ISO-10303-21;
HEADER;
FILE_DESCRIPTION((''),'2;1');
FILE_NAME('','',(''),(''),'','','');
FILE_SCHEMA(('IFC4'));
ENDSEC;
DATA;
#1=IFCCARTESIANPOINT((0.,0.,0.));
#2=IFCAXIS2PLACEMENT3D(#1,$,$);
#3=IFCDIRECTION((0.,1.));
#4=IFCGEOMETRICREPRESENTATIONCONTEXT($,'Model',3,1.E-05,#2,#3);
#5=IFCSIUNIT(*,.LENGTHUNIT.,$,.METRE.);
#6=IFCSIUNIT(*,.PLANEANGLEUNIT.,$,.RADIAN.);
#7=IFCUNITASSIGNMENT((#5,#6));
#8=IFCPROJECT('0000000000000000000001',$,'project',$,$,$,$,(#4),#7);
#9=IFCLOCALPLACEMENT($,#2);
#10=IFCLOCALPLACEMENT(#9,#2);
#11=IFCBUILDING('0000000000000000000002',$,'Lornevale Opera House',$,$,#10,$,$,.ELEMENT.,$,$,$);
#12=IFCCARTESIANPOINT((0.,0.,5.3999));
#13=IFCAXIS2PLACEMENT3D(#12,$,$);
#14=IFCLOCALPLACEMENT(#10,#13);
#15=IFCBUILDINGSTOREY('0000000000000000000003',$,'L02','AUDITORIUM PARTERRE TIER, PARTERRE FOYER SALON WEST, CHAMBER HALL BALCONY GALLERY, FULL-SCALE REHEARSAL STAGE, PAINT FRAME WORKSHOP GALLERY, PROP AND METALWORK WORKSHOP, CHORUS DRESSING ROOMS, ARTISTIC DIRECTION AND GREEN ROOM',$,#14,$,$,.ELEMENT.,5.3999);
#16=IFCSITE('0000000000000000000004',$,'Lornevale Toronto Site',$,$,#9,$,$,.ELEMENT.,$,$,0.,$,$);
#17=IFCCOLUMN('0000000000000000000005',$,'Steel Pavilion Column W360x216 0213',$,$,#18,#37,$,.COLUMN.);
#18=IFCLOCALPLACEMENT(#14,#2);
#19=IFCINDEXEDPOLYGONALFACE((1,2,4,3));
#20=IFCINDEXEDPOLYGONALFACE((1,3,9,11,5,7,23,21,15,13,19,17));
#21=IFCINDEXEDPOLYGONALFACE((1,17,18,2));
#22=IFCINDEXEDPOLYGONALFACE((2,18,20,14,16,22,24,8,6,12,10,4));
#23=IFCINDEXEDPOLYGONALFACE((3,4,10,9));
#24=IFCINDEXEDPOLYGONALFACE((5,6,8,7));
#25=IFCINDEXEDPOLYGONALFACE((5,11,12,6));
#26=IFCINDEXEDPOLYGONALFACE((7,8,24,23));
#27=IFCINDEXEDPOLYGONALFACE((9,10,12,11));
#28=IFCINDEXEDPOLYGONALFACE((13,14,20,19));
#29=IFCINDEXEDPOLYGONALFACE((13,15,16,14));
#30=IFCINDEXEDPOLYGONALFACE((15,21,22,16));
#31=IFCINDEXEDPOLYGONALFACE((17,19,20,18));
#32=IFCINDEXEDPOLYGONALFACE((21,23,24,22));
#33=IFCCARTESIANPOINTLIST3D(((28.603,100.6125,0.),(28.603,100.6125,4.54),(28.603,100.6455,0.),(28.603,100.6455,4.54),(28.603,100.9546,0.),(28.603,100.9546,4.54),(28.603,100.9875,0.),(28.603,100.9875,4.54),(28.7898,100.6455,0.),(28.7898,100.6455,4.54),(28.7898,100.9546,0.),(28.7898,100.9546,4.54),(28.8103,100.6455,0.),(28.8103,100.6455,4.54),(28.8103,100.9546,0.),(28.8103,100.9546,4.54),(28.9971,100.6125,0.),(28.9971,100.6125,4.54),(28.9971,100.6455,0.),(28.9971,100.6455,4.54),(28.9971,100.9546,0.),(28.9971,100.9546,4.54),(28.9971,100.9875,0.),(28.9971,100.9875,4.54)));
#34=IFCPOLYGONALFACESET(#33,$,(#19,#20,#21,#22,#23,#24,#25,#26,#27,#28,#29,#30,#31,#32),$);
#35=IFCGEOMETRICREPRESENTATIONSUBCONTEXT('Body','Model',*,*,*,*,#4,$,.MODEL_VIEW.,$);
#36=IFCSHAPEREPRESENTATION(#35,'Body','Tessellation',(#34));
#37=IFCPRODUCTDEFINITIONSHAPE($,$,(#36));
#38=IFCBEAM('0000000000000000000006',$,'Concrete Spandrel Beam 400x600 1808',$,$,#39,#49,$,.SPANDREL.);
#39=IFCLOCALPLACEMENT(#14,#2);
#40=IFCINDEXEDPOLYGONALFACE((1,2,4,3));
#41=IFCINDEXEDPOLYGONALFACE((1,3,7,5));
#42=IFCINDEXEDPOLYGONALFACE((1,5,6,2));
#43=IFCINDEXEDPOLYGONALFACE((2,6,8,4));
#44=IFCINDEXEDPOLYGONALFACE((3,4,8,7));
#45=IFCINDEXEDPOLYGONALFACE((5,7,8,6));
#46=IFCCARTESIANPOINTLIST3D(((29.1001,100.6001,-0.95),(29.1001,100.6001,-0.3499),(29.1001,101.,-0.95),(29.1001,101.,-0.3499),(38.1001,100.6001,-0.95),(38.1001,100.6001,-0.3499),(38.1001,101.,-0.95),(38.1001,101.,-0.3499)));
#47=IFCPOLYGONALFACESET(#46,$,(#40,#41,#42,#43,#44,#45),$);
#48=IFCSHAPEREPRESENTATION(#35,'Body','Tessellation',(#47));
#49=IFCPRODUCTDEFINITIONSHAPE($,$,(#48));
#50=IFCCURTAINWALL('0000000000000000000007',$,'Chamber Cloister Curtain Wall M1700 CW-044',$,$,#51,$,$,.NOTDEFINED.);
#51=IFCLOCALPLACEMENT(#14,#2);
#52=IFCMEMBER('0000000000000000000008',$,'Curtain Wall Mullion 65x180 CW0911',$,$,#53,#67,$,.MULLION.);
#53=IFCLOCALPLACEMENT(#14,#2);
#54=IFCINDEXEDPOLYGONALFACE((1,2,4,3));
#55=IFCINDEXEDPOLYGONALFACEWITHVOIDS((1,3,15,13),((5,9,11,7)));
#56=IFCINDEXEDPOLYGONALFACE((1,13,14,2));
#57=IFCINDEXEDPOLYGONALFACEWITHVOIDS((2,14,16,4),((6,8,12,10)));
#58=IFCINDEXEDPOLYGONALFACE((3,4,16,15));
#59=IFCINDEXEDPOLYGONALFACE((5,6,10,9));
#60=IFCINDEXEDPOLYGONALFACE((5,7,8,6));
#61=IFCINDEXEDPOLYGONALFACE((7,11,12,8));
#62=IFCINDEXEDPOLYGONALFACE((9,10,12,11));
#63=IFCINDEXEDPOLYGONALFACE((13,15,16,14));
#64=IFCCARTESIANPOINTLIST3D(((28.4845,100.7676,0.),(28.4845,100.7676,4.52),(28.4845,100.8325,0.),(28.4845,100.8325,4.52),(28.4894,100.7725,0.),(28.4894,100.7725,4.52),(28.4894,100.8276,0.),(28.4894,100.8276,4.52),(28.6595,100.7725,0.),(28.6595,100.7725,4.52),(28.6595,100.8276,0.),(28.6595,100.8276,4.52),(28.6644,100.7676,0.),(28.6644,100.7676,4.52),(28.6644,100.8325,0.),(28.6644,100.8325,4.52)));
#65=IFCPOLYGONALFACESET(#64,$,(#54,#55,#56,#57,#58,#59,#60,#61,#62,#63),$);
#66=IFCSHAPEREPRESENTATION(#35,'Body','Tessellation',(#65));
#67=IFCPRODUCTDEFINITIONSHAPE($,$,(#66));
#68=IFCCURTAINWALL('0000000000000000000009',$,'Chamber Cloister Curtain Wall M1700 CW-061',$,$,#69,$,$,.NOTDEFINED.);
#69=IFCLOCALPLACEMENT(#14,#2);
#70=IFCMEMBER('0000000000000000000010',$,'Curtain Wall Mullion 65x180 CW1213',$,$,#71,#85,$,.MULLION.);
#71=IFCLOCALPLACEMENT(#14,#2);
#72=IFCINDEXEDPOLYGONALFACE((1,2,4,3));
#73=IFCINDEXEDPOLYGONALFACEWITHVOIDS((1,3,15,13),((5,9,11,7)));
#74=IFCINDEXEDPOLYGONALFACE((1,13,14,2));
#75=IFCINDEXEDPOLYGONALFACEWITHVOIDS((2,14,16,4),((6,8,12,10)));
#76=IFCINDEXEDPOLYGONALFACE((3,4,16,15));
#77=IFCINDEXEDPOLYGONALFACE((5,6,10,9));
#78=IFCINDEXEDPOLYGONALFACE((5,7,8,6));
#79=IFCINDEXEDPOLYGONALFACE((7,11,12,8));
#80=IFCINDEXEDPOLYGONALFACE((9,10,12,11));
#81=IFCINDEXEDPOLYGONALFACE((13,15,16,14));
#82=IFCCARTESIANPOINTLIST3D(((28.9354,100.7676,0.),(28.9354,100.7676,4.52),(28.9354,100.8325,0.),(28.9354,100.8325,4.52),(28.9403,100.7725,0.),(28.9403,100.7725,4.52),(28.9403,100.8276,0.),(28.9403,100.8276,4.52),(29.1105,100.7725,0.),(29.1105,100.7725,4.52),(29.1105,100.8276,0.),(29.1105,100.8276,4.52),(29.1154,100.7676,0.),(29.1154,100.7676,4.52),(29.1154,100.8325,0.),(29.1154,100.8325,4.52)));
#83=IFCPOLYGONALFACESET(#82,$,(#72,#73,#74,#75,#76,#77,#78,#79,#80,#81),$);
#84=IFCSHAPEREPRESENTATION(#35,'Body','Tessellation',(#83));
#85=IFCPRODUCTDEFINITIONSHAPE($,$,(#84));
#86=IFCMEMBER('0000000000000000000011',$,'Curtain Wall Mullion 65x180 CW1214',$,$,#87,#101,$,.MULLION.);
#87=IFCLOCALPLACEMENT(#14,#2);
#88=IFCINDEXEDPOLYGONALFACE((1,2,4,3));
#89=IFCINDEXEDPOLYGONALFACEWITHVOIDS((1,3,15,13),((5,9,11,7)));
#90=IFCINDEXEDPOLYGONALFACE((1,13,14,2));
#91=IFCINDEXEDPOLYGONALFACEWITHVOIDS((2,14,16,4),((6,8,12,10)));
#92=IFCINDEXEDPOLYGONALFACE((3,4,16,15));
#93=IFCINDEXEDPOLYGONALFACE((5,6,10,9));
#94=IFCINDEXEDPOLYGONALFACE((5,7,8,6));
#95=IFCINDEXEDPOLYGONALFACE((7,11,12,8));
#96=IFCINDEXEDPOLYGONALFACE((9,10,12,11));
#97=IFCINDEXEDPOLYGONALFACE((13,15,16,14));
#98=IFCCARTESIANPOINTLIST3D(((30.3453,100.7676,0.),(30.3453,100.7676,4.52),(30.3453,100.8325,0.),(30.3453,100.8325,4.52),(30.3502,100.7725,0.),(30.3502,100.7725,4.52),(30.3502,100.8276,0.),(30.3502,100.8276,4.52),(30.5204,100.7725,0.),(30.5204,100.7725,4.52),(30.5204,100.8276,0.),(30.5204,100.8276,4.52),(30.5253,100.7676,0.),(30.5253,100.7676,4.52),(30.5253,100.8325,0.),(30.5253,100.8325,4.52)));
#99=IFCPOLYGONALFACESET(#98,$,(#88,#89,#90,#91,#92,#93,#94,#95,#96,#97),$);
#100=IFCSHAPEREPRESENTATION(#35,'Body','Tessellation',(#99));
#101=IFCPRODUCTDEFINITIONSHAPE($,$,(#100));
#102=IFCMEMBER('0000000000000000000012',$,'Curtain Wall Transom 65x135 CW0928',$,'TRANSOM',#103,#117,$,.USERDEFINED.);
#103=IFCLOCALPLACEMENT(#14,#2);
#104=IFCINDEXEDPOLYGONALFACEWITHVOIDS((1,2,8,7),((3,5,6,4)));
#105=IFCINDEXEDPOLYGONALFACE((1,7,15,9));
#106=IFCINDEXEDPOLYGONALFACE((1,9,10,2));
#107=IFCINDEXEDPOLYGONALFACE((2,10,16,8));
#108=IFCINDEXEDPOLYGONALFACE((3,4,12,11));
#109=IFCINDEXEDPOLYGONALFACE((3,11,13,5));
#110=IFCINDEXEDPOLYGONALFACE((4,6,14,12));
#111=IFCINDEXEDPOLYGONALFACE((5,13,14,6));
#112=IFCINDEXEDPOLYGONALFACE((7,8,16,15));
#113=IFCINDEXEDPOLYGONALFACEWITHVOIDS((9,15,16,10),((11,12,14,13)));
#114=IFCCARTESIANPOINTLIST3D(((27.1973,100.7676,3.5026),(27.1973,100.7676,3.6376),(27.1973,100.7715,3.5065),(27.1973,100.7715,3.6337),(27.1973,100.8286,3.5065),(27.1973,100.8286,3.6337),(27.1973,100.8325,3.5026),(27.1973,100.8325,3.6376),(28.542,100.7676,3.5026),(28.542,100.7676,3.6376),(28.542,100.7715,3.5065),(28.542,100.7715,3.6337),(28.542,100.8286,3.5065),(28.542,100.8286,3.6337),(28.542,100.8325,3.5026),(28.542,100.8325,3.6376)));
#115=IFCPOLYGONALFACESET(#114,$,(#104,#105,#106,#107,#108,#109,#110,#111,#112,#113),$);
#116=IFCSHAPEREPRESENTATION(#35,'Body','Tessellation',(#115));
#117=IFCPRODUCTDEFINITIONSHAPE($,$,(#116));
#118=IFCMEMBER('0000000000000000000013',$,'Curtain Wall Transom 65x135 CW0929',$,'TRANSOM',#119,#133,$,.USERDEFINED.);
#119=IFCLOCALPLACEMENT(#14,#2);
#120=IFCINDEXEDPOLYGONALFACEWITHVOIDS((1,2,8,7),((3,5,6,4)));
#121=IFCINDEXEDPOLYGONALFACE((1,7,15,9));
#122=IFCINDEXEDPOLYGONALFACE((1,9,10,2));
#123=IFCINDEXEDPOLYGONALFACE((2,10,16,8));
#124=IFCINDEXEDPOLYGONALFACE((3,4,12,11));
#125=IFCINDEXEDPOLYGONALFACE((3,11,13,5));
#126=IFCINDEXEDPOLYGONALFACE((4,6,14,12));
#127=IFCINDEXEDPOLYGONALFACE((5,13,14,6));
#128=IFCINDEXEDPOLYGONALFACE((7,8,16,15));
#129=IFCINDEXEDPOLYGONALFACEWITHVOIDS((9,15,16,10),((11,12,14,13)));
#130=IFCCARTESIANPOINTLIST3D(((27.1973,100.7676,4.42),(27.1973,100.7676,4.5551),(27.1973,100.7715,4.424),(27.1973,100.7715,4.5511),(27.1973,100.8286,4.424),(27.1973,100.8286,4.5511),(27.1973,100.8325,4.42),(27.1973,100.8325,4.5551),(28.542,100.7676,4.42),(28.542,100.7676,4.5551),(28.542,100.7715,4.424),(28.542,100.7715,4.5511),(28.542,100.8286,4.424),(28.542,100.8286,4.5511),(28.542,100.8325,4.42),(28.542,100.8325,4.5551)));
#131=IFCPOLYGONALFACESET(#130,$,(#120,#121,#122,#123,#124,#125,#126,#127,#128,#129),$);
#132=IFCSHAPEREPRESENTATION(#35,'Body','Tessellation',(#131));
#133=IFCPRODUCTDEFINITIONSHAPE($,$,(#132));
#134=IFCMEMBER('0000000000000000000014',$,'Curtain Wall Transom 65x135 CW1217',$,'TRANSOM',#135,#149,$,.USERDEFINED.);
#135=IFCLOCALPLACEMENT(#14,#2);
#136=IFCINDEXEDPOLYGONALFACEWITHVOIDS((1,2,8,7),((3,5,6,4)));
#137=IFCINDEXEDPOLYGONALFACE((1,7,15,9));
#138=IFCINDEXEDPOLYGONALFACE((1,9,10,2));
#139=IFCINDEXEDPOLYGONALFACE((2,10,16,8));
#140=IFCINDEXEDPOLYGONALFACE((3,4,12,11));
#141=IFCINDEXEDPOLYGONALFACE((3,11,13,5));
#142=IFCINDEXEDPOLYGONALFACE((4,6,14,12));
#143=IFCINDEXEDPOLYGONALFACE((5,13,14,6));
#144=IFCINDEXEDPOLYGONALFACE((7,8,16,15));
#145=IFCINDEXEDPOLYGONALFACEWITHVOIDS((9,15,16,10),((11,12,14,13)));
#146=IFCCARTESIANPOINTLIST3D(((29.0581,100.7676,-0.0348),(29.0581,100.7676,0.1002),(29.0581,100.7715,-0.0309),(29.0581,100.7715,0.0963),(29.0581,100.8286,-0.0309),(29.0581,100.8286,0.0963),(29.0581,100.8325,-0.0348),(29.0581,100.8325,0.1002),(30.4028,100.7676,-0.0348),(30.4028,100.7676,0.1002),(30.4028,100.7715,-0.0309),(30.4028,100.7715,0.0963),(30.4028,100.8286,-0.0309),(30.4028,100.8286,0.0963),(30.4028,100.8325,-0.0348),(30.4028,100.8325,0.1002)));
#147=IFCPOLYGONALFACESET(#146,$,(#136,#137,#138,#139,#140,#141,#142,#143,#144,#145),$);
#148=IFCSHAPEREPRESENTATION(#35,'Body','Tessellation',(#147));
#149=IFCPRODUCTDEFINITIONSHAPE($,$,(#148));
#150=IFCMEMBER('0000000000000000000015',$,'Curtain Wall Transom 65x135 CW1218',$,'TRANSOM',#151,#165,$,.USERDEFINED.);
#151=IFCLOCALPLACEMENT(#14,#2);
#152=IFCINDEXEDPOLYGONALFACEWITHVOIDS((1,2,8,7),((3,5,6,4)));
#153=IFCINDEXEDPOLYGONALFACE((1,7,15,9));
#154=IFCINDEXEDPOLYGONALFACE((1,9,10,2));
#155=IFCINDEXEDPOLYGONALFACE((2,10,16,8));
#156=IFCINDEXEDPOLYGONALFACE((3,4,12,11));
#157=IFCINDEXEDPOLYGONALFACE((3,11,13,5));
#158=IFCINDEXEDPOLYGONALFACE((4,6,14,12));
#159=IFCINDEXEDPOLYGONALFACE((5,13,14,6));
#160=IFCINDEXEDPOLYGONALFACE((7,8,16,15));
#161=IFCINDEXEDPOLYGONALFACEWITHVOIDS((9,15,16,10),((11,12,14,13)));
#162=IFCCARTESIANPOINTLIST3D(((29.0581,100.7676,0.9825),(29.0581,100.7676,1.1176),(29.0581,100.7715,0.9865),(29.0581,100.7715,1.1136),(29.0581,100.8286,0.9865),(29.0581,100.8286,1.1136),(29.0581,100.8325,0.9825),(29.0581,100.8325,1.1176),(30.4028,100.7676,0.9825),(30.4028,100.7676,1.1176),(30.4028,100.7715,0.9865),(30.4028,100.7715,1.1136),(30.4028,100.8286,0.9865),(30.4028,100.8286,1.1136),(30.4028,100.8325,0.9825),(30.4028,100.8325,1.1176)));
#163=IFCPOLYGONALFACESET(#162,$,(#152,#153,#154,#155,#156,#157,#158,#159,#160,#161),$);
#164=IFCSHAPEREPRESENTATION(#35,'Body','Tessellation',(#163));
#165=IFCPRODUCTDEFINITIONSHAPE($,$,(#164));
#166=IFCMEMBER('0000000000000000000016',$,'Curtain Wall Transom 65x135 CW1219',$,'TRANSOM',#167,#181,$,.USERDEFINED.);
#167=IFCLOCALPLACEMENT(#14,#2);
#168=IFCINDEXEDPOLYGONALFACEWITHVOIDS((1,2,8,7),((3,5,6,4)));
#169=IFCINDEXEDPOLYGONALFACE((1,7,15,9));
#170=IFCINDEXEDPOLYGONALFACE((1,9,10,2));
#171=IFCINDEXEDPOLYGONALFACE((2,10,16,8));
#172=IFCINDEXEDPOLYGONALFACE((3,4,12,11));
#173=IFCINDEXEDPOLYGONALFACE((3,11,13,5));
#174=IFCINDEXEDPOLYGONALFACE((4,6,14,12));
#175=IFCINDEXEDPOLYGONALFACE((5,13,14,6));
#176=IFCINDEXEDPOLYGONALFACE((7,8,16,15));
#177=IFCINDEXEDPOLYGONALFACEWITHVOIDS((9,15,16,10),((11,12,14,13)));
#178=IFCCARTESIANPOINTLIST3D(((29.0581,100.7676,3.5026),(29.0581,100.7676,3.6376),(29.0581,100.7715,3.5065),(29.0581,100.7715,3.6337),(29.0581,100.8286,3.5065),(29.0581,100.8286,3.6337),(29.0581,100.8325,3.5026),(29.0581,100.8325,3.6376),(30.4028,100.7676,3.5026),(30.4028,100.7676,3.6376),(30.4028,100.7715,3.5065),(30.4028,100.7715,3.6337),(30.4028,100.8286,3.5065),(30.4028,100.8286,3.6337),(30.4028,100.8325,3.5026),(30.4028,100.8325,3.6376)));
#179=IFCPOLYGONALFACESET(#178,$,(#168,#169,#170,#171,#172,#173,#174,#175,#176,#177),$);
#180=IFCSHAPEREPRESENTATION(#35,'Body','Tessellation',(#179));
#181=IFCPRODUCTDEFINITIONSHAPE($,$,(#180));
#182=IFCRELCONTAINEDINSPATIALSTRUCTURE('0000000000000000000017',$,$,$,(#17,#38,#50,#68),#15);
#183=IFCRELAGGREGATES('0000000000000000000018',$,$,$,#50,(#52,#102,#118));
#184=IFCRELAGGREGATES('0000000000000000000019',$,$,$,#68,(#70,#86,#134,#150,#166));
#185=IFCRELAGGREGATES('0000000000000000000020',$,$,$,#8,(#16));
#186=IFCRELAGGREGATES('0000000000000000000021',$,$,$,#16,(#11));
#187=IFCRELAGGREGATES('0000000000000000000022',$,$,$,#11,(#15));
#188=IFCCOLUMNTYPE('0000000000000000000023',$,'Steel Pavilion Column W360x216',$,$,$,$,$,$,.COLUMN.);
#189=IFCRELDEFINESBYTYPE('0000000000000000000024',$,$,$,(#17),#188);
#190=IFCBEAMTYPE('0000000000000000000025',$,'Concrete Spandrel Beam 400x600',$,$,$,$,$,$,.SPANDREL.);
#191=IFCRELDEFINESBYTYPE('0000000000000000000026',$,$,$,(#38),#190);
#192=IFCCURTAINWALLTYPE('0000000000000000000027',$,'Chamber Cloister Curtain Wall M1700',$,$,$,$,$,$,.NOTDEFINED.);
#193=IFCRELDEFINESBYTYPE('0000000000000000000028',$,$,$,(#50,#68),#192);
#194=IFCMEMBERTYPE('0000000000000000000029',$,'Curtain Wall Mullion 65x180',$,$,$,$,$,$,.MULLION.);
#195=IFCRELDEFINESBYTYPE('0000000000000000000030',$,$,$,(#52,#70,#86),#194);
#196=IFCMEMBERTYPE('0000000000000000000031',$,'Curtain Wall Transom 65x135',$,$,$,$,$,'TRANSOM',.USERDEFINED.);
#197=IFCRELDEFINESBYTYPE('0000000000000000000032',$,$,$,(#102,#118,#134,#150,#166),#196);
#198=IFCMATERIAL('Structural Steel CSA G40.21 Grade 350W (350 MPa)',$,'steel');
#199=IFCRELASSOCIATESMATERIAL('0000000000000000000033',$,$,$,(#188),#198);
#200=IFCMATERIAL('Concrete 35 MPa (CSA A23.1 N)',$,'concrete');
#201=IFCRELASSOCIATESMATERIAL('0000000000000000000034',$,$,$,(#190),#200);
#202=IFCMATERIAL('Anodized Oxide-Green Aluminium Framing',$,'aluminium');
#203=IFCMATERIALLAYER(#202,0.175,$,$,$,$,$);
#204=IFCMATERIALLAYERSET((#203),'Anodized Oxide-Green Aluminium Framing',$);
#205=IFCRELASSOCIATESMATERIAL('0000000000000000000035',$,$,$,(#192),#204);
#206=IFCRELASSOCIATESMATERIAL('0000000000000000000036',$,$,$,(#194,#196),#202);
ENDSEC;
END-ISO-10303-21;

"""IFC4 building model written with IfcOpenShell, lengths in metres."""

from ifc_helpers import new_model, si_unit, direction, frame, origin, origin_2d, place, context, subcontext, project, spatial, rectangle, hollow_rectangle, i_section, extrude, material, layer, layer_set, material_profile, profile_set, type_object, element, aggregate, save


model = new_model("IFC4")

# Units and contexts
model_context = context("Model", 3, precision=1e-05, world=origin(), true_north=direction((0.0, 1.0)))
body_context = subcontext(model_context, "Body", "Model", "MODEL_VIEW")
ifc_project = project(units=[si_unit("LENGTHUNIT", "METRE"), si_unit("PLANEANGLEUNIT", "RADIAN")], contexts=[model_context])

# Site, building, storey
site_placement = place(None, origin())
site = spatial("IfcSite", under=ifc_project, at=site_placement, Name="Lornevale Toronto Site", CompositionType="ELEMENT", RefElevation=0.0)
building_placement = place(site_placement, origin())
building = spatial("IfcBuilding", under=site, at=building_placement, Name="Lornevale Opera House", CompositionType="ELEMENT")
storey_placement = place(building_placement, frame((0.0, 0.0, 5.3999)))
storey = spatial("IfcBuildingStorey", under=building, at=storey_placement, Name="L02", Description="AUDITORIUM PARTERRE TIER, PARTERRE FOYER SALON WEST, CHAMBER HALL BALCONY GALLERY, FULL-SCALE REHEARSAL STAGE, PAINT FRAME WORKSHOP GALLERY, PROP AND METALWORK WORKSHOP, CHORUS DRESSING ROOMS, ARTISTIC DIRECTION AND GREEN ROOM", CompositionType="ELEMENT", Elevation=5.3999)

# Column
ifc_material_1 = material(Name="Structural Steel CSA G40.21 Grade 350W (350 MPa)", Category="steel")
ifc_material_profile_1 = material_profile(ifc_material_1, i_section(OverallWidth=0.394, OverallDepth=0.375, WebThickness=0.0205, FlangeThickness=0.033, at=origin_2d()), Name="W360x216")
ifc_profile_set_1 = profile_set([ifc_material_profile_1], Name="Structural Steel CSA G40.21 Grade 350W (350 MPa)")
column_type = type_object("IfcColumnType", Name="Steel Pavilion Column W360x216", PredefinedType="COLUMN", material=ifc_profile_set_1)
column_placement = place(storey_placement, frame((28.8, 100.8, 0.0), z_axis=(0.0, 0.0, 1.0), x_axis=(1.0, 0.0, 0.0)))
element("IfcColumn", 1, at=column_placement, inside=storey, type_object=column_type, Name="Steel Pavilion Column W360x216 0213", PredefinedType="COLUMN", context=body_context, shape_type="SweptSolid", body=[
    extrude(i_section(OverallWidth=0.394, OverallDepth=0.375, WebThickness=0.0205, FlangeThickness=0.033, at=origin_2d()), origin(), (0.0, 0.0, 1.0), 4.54),
])

# Beam
ifc_material_2 = material(Name="Concrete 35 MPa (CSA A23.1 N)", Category="concrete")
ifc_material_profile_2 = material_profile(ifc_material_2, rectangle(XDim=0.3999, YDim=0.6001, at=origin_2d()), Name="RC400x600")
ifc_profile_set_2 = profile_set([ifc_material_profile_2], Name="Concrete 35 MPa (CSA A23.1 N)")
beam_type = type_object("IfcBeamType", Name="Concrete Spandrel Beam 400x600", PredefinedType="SPANDREL", material=ifc_profile_set_2)
beam_placement = place(storey_placement, frame((29.1001, 100.8, -0.6499), z_axis=(1.0, 0.0, 0.0), x_axis=(0.0, 1.0, 0.0)))
element("IfcBeam", 2, at=beam_placement, inside=storey, type_object=beam_type, Name="Concrete Spandrel Beam 400x600 1808", PredefinedType="SPANDREL", context=body_context, shape_type="SweptSolid", body=[
    extrude(rectangle(XDim=0.3999, YDim=0.6001, at=origin_2d()), origin(), (0.0, 0.0, 1.0), 9.0),
])

# Curtain wall, member
ifc_material_3 = material(Name="Anodized Oxide-Green Aluminium Framing", Category="aluminium")
ifc_layer_1 = layer(ifc_material_3, 0.175)
ifc_layer_set_1 = layer_set([ifc_layer_1], Name="Anodized Oxide-Green Aluminium Framing")
curtain_wall_type = type_object("IfcCurtainWallType", Name="Chamber Cloister Curtain Wall M1700", PredefinedType="NOTDEFINED", material=ifc_layer_set_1)
curtain_wall_1_placement = place(storey_placement, origin())
curtain_wall_1 = element("IfcCurtainWall", 3, at=curtain_wall_1_placement, inside=storey, type_object=curtain_wall_type, Name="Chamber Cloister Curtain Wall M1700 CW-044", PredefinedType="NOTDEFINED")
ifc_material_profile_3 = material_profile(ifc_material_3, hollow_rectangle(XDim=0.0649, YDim=0.1799, WallThickness=0.0049, at=origin_2d()), Name="ALU65x180x5")
ifc_profile_set_3 = profile_set([ifc_material_profile_3], Name="Anodized Oxide-Green Aluminium Framing")
member_type_1 = type_object("IfcMemberType", Name="Curtain Wall Mullion 65x180", PredefinedType="MULLION", material=ifc_profile_set_3)
member_1_placement = place(storey_placement, frame((28.5745, 100.8, 0.0), z_axis=(0.0, 0.0, 1.0), x_axis=(0.0, 1.0, 0.0)))
member_1 = element("IfcMember", 4, at=member_1_placement, type_object=member_type_1, Name="Curtain Wall Mullion 65x180 CW0911", PredefinedType="MULLION", context=body_context, shape_type="SweptSolid", body=[
    extrude(hollow_rectangle(XDim=0.0649, YDim=0.1799, WallThickness=0.0049, at=origin_2d()), origin(), (0.0, 0.0, 1.0), 4.52),
])

# Curtain wall, members
curtain_wall_2_placement = place(storey_placement, origin())
curtain_wall_2 = element("IfcCurtainWall", 5, at=curtain_wall_2_placement, inside=storey, type_object=curtain_wall_type, Name="Chamber Cloister Curtain Wall M1700 CW-061", PredefinedType="NOTDEFINED")
member_2_placement = place(storey_placement, frame((29.0254, 100.8, 0.0), z_axis=(0.0, 0.0, 1.0), x_axis=(0.0, 1.0, 0.0)))
member_2 = element("IfcMember", 6, at=member_2_placement, type_object=member_type_1, Name="Curtain Wall Mullion 65x180 CW1213", PredefinedType="MULLION", context=body_context, shape_type="SweptSolid", body=[
    extrude(hollow_rectangle(XDim=0.0649, YDim=0.1799, WallThickness=0.0049, at=origin_2d()), origin(), (0.0, 0.0, 1.0), 4.52),
])
member_3_placement = place(storey_placement, frame((30.4353, 100.8, 0.0), z_axis=(0.0, 0.0, 1.0), x_axis=(0.0, 1.0, 0.0)))
member_3 = element("IfcMember", 7, at=member_3_placement, type_object=member_type_1, Name="Curtain Wall Mullion 65x180 CW1214", PredefinedType="MULLION", context=body_context, shape_type="SweptSolid", body=[
    extrude(hollow_rectangle(XDim=0.0649, YDim=0.1799, WallThickness=0.0049, at=origin_2d()), origin(), (0.0, 0.0, 1.0), 4.52),
])

# Members
ifc_material_profile_4 = material_profile(ifc_material_3, hollow_rectangle(XDim=0.0649, YDim=0.135, WallThickness=0.0039, at=origin_2d()), Name="ALU65x135x4")
ifc_profile_set_4 = profile_set([ifc_material_profile_4], Name="Anodized Oxide-Green Aluminium Framing")
member_type_2 = type_object("IfcMemberType", Name="Curtain Wall Transom 65x135", ElementType="TRANSOM", PredefinedType="USERDEFINED", material=ifc_profile_set_4)
member_4_placement = place(storey_placement, frame((27.1973, 100.8, 3.5701), z_axis=(1.0, 0.0, 0.0), x_axis=(0.0, 1.0, 0.0)))
member_4 = element("IfcMember", 8, at=member_4_placement, type_object=member_type_2, Name="Curtain Wall Transom 65x135 CW0928", ObjectType="TRANSOM", PredefinedType="USERDEFINED", context=body_context, shape_type="SweptSolid", body=[
    extrude(hollow_rectangle(XDim=0.0649, YDim=0.135, WallThickness=0.0039, at=origin_2d()), origin(), (0.0, 0.0, 1.0), 1.3447),
])
member_5_placement = place(storey_placement, frame((27.1973, 100.8, 4.4875), z_axis=(1.0, 0.0, 0.0), x_axis=(0.0, 1.0, 0.0)))
member_5 = element("IfcMember", 9, at=member_5_placement, type_object=member_type_2, Name="Curtain Wall Transom 65x135 CW0929", ObjectType="TRANSOM", PredefinedType="USERDEFINED", context=body_context, shape_type="SweptSolid", body=[
    extrude(hollow_rectangle(XDim=0.0649, YDim=0.135, WallThickness=0.0039, at=origin_2d()), origin(), (0.0, 0.0, 1.0), 1.3447),
])
member_6_placement = place(storey_placement, frame((29.0581, 100.8, 0.0327), z_axis=(1.0, 0.0, 0.0), x_axis=(0.0, 1.0, 0.0)))
member_6 = element("IfcMember", 10, at=member_6_placement, type_object=member_type_2, Name="Curtain Wall Transom 65x135 CW1217", ObjectType="TRANSOM", PredefinedType="USERDEFINED", context=body_context, shape_type="SweptSolid", body=[
    extrude(hollow_rectangle(XDim=0.0649, YDim=0.135, WallThickness=0.0039, at=origin_2d()), origin(), (0.0, 0.0, 1.0), 1.3447),
])
member_7_placement = place(storey_placement, frame((29.0581, 100.8, 1.05), z_axis=(1.0, 0.0, 0.0), x_axis=(0.0, 1.0, 0.0)))
member_7 = element("IfcMember", 11, at=member_7_placement, type_object=member_type_2, Name="Curtain Wall Transom 65x135 CW1218", ObjectType="TRANSOM", PredefinedType="USERDEFINED", context=body_context, shape_type="SweptSolid", body=[
    extrude(hollow_rectangle(XDim=0.0649, YDim=0.135, WallThickness=0.0039, at=origin_2d()), origin(), (0.0, 0.0, 1.0), 1.3447),
])
member_8_placement = place(storey_placement, frame((29.0581, 100.8, 3.5701), z_axis=(1.0, 0.0, 0.0), x_axis=(0.0, 1.0, 0.0)))
member_8 = element("IfcMember", 12, at=member_8_placement, type_object=member_type_2, Name="Curtain Wall Transom 65x135 CW1219", ObjectType="TRANSOM", PredefinedType="USERDEFINED", context=body_context, shape_type="SweptSolid", body=[
    extrude(hollow_rectangle(XDim=0.0649, YDim=0.135, WallThickness=0.0039, at=origin_2d()), origin(), (0.0, 0.0, 1.0), 1.3447),
])

aggregate(curtain_wall_1, [member_1, member_4, member_5])
aggregate(curtain_wall_2, [member_2, member_3, member_6, member_7, member_8])

save(model, "model.ifc")
